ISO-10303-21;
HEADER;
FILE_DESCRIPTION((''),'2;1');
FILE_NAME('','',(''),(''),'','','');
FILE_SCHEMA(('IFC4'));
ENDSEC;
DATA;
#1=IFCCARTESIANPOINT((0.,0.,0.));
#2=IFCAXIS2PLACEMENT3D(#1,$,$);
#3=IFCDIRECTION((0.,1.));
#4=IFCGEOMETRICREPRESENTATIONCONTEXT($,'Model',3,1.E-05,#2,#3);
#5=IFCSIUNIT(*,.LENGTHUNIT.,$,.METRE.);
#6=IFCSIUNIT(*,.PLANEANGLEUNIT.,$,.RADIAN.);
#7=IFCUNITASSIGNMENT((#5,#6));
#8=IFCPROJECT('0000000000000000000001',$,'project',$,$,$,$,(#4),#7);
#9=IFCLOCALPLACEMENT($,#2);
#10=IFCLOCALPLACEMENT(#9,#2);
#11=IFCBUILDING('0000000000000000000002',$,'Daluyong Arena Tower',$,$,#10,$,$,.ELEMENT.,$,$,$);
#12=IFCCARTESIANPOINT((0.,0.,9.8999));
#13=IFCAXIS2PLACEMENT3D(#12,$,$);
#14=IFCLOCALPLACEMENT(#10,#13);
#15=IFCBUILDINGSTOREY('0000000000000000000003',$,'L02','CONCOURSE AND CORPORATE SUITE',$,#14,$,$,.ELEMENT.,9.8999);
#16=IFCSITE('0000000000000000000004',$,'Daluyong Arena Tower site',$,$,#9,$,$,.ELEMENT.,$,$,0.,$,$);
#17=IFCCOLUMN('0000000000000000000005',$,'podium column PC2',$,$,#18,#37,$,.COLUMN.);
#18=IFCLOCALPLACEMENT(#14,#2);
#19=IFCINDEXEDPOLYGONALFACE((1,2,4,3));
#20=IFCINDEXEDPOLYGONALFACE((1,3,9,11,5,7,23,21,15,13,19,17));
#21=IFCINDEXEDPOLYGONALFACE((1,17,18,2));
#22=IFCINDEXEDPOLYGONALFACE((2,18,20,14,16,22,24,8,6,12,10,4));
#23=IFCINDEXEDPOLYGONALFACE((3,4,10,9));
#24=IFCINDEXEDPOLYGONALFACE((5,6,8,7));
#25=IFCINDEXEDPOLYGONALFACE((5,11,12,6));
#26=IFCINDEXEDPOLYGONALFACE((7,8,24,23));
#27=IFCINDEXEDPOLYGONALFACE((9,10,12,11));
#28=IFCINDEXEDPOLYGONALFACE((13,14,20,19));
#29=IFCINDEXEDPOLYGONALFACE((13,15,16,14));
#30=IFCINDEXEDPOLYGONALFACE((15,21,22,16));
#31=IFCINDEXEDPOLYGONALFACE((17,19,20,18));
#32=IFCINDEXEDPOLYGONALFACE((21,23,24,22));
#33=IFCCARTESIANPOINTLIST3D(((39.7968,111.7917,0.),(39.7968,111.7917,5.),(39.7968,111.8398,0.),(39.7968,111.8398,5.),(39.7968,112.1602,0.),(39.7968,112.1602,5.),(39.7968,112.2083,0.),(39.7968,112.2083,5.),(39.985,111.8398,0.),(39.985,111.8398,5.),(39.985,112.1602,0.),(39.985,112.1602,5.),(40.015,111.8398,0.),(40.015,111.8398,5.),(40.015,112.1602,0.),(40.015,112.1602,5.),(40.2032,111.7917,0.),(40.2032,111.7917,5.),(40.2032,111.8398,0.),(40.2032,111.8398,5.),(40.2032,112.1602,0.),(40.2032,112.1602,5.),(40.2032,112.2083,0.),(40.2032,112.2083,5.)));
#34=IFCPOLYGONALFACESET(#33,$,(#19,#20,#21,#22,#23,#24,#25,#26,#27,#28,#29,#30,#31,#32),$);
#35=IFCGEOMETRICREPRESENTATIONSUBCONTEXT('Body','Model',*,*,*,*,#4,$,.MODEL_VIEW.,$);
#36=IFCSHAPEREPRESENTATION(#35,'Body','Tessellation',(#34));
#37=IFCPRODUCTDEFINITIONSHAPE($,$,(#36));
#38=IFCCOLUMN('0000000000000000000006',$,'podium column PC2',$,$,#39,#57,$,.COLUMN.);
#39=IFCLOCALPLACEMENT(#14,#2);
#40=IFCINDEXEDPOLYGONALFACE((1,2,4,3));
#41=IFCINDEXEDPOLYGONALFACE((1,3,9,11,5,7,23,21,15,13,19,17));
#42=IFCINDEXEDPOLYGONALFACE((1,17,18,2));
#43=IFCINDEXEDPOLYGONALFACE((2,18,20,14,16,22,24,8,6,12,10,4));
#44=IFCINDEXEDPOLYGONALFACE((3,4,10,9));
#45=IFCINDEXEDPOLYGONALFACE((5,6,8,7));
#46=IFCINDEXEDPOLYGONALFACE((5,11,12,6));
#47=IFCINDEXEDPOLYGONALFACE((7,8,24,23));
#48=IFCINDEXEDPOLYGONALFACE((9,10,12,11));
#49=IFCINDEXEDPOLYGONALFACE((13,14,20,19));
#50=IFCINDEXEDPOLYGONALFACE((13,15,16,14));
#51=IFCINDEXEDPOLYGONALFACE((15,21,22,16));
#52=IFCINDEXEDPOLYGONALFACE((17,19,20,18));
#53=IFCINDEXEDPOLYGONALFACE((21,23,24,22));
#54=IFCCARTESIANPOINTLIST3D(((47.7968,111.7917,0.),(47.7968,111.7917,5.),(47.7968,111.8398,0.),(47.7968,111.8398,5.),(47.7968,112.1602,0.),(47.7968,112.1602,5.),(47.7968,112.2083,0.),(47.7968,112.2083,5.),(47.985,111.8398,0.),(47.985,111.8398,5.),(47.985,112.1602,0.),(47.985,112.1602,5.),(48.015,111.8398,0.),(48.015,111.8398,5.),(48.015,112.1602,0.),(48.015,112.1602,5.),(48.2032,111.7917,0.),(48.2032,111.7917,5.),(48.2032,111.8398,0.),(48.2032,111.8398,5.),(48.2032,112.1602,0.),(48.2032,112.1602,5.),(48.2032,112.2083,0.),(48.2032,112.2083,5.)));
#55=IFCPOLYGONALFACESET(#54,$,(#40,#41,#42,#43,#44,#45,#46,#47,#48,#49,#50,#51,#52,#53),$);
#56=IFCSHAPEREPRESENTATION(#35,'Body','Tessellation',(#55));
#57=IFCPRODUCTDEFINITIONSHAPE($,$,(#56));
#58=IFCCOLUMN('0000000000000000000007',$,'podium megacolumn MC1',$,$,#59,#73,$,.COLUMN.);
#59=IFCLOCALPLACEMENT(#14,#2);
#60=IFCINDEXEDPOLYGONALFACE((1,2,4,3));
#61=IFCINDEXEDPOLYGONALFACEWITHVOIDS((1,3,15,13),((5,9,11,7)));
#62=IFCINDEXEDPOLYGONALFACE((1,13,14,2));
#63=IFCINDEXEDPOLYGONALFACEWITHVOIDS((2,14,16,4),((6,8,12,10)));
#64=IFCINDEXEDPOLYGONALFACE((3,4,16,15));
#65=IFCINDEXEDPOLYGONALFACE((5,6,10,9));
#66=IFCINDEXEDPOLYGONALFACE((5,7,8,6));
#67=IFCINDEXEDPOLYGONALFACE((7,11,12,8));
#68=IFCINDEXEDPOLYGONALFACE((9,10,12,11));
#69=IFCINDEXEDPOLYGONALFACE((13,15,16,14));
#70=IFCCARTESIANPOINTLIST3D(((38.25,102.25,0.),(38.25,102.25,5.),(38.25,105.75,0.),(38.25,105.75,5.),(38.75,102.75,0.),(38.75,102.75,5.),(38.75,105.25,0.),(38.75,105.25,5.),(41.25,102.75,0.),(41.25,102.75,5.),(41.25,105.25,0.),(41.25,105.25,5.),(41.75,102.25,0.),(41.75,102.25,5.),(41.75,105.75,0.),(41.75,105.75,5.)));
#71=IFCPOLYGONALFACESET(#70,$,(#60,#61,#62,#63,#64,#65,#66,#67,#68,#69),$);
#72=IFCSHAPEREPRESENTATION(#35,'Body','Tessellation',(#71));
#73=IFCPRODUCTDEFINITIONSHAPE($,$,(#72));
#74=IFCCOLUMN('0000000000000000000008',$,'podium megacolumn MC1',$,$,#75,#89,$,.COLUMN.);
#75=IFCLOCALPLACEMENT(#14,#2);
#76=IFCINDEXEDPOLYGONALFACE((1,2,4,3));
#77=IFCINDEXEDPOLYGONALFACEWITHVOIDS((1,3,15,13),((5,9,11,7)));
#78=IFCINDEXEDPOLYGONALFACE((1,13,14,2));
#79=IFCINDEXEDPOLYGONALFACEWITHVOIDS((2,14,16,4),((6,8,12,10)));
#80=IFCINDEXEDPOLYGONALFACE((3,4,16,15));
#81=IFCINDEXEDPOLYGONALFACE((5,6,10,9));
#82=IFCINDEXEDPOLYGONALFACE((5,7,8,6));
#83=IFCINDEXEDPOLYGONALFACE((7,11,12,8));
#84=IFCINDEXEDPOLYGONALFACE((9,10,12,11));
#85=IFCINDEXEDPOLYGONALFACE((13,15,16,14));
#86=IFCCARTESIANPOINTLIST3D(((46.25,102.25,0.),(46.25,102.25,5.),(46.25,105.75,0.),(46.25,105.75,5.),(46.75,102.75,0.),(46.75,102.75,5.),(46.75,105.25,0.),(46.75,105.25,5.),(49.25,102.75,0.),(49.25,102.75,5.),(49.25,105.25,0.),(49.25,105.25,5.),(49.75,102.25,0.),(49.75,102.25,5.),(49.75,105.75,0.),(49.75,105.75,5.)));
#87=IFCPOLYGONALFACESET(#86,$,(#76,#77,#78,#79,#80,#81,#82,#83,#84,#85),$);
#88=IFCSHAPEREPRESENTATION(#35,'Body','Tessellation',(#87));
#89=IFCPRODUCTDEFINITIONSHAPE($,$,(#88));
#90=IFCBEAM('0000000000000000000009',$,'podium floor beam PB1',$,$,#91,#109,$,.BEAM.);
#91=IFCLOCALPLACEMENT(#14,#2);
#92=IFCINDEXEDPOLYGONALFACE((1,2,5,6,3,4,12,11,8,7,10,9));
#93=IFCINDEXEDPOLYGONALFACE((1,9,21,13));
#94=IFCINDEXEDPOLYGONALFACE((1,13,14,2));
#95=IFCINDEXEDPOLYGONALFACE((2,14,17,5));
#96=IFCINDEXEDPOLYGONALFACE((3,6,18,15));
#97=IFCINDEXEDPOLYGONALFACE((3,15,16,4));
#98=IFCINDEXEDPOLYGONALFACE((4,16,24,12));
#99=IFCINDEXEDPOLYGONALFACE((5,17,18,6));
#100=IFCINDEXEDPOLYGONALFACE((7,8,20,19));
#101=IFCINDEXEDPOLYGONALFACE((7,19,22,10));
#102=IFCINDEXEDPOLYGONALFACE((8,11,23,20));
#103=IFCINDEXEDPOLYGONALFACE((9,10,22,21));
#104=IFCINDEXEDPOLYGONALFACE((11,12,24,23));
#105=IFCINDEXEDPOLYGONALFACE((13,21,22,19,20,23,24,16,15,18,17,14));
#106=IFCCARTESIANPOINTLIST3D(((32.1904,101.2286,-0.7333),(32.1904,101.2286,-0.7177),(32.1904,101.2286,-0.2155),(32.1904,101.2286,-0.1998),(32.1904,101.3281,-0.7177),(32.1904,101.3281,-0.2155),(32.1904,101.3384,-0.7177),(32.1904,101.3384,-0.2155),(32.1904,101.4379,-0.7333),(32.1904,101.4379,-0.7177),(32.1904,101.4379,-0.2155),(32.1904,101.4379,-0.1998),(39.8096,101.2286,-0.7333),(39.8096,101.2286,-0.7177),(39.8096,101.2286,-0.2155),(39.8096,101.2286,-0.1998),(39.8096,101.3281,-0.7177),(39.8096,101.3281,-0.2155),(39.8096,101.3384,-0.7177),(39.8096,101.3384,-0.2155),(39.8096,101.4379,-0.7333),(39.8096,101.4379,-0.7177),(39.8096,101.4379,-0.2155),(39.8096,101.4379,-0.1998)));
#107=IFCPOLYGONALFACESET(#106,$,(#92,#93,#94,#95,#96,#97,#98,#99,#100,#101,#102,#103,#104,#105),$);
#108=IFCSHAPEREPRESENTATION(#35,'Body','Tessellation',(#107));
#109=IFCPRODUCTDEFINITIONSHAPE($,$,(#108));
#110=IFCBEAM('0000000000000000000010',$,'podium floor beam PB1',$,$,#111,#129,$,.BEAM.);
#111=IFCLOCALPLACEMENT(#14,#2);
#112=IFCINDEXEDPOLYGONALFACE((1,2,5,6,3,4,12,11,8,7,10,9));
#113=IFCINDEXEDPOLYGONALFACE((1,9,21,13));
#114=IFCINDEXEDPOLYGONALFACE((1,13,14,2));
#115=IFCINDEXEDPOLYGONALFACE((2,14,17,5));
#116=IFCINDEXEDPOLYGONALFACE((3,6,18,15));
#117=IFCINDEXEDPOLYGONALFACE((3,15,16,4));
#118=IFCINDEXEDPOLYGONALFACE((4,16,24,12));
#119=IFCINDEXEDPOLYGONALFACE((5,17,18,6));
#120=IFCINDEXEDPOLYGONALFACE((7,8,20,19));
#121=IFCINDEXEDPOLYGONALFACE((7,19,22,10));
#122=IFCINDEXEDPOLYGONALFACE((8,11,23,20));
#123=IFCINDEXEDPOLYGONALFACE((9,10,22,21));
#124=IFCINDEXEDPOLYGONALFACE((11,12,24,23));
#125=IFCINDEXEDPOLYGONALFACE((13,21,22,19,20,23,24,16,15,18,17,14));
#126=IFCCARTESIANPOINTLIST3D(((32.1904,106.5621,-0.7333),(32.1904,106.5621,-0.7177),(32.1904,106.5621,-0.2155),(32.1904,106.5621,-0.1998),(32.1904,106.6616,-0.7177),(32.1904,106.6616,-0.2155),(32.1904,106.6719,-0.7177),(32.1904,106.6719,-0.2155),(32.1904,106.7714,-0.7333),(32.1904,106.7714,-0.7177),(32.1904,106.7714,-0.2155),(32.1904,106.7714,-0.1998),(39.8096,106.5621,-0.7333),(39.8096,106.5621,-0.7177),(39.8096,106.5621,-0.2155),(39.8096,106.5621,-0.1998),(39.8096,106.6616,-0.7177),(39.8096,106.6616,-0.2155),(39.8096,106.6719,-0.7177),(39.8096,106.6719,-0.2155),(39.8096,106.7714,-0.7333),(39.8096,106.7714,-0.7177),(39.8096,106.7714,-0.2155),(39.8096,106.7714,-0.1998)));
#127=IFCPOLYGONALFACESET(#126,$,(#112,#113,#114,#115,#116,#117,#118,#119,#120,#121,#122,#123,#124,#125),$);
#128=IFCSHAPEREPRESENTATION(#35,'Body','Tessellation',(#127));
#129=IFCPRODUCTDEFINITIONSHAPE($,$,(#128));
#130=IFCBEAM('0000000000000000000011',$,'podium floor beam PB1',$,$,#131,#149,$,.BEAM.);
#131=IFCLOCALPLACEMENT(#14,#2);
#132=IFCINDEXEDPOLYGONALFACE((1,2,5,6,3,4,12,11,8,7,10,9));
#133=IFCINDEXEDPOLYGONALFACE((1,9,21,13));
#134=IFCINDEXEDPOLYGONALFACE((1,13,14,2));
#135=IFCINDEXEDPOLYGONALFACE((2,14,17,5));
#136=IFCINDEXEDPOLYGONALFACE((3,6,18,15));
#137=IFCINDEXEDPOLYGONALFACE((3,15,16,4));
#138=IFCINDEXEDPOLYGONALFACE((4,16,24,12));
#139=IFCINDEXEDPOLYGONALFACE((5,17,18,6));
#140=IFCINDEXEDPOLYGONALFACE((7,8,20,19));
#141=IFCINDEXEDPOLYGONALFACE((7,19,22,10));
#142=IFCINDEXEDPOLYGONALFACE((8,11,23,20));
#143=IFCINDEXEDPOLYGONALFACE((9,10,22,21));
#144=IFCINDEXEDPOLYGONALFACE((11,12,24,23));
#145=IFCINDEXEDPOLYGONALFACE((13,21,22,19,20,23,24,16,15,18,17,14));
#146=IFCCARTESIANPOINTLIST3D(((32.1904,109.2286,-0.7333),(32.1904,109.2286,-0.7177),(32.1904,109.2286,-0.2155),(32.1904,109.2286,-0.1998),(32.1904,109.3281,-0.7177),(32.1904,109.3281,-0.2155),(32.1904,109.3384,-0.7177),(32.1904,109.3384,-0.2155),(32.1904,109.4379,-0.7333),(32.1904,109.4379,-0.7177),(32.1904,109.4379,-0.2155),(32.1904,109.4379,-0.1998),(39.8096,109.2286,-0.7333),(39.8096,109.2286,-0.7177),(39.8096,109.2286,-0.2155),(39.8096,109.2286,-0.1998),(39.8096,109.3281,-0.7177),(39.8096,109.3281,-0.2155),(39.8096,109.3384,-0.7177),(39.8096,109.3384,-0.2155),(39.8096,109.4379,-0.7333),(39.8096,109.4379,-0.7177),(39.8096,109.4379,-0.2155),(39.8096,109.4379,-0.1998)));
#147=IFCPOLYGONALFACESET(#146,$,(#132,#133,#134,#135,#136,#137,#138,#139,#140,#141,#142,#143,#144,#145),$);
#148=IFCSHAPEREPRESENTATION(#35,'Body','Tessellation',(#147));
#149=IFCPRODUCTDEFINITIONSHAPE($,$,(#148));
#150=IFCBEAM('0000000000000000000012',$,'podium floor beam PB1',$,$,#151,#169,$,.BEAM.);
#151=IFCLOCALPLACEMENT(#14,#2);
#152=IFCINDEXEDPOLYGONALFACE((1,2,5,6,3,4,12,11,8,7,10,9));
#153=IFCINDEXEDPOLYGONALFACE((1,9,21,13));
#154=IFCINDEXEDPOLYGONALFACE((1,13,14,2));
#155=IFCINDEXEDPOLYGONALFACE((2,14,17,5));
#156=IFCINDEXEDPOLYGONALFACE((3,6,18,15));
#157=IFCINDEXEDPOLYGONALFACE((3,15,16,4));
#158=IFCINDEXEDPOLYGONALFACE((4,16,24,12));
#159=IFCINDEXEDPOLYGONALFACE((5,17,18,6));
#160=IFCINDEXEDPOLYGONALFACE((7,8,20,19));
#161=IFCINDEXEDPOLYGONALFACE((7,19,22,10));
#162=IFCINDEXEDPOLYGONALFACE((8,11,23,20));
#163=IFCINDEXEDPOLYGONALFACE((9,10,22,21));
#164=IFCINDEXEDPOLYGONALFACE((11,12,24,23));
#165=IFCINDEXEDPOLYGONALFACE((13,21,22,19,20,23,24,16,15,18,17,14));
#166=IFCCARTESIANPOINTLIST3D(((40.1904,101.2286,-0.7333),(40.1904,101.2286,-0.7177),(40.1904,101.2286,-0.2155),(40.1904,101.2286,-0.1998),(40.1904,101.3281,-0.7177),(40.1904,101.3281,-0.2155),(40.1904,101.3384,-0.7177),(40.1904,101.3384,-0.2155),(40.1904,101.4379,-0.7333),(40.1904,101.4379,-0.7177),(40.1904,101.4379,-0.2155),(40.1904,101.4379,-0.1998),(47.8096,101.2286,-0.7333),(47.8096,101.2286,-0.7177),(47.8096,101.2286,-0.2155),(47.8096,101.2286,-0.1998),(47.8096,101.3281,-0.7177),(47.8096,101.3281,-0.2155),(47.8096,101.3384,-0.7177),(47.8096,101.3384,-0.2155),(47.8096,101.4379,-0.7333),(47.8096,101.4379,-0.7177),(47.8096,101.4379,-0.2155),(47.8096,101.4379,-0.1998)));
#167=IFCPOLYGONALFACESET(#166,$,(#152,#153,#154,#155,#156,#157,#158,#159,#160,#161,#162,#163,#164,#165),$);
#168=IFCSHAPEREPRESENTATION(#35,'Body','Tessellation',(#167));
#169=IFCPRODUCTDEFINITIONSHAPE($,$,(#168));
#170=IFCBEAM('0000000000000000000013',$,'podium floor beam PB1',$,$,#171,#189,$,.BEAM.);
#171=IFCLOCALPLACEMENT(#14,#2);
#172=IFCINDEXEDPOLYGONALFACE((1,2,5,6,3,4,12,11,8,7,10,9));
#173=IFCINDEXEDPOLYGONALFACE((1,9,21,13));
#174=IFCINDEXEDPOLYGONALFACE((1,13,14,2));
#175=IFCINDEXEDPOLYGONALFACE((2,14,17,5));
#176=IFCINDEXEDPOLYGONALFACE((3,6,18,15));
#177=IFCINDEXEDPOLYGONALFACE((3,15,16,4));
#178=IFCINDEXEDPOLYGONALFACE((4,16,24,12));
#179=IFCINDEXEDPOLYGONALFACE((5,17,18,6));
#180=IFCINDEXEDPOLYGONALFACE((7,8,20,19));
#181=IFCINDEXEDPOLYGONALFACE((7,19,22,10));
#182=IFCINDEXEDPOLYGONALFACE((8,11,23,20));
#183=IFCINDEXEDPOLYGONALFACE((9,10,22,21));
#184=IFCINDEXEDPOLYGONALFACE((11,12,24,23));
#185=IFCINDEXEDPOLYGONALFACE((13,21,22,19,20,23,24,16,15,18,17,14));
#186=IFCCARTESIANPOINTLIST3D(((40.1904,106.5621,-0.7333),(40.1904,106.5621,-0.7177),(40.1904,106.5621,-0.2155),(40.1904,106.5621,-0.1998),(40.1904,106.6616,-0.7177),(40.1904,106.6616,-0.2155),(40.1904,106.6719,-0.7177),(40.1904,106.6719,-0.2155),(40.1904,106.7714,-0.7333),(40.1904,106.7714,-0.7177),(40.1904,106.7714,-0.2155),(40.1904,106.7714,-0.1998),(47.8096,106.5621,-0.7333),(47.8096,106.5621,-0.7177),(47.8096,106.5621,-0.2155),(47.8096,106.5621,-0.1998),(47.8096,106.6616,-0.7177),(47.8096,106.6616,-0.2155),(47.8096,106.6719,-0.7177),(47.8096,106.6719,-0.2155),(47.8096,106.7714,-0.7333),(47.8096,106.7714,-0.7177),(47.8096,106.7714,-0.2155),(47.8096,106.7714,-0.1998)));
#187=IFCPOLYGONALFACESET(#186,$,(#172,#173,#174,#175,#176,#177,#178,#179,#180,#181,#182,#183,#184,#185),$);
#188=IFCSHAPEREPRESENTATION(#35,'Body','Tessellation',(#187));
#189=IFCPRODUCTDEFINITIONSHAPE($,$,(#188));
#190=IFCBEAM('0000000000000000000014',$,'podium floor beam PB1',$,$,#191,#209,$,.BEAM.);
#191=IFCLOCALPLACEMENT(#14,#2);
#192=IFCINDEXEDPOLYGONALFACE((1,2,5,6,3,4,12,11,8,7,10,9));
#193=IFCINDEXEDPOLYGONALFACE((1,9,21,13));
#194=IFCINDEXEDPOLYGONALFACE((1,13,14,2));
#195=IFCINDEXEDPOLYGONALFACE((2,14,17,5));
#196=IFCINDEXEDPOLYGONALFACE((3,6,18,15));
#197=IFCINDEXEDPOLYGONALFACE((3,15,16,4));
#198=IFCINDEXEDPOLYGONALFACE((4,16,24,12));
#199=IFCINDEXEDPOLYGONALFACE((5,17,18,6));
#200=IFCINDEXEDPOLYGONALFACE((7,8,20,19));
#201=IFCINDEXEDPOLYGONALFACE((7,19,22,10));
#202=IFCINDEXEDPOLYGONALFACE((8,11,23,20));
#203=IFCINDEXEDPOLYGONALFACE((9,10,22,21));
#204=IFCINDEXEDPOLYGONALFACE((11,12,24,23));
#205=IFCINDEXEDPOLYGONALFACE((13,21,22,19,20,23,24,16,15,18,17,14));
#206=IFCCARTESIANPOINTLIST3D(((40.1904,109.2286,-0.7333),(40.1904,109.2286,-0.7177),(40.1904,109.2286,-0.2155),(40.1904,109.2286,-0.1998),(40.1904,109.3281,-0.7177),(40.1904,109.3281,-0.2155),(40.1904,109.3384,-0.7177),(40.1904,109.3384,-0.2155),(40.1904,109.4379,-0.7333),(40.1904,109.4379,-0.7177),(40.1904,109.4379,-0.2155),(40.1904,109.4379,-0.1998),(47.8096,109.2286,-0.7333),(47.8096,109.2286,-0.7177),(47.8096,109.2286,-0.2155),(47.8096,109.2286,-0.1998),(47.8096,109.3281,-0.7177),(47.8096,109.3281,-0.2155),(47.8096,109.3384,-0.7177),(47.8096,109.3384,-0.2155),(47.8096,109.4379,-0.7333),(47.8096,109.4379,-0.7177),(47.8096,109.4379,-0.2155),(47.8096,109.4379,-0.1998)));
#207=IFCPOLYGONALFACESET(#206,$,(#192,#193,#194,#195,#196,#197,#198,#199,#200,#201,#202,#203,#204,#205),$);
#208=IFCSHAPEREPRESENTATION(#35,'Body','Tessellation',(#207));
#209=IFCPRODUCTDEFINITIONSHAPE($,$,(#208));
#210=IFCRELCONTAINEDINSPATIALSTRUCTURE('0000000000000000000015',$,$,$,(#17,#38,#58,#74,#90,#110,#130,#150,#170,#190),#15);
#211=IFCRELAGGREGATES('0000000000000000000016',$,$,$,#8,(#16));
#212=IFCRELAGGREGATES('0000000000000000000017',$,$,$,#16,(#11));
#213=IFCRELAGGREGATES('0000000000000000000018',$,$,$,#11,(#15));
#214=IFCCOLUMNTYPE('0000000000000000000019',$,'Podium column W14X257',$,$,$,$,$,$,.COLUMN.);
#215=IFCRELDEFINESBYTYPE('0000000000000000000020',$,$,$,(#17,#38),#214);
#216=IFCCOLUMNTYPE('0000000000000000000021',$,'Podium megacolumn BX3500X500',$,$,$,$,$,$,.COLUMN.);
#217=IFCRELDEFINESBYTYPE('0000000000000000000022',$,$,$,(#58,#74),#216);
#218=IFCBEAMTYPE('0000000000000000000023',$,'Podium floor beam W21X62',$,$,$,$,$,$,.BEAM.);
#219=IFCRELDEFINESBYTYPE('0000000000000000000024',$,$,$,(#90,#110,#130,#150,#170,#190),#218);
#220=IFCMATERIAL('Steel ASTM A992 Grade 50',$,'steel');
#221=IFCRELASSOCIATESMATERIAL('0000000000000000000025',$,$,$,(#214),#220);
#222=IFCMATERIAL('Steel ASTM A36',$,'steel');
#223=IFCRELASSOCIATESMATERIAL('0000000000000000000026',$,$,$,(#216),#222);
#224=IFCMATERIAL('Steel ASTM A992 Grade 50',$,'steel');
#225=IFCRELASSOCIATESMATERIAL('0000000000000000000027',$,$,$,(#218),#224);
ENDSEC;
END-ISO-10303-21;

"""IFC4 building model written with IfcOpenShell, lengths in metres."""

from ifc_helpers import new_model, si_unit, direction, frame, origin, origin_2d, place, context, subcontext, project, spatial, hollow_rectangle, i_section, extrude, material, material_profile, profile_set, type_object, element, save


model = new_model("IFC4")

# Units and contexts
model_context = context("Model", 3, precision=1e-05, world=origin(), true_north=direction((0.0, 1.0)))
body_context = subcontext(model_context, "Body", "Model", "MODEL_VIEW")
ifc_project = project(units=[si_unit("LENGTHUNIT", "METRE"), si_unit("PLANEANGLEUNIT", "RADIAN")], contexts=[model_context])

# Site, building, storey
site_placement = place(None, origin())
site = spatial("IfcSite", under=ifc_project, at=site_placement, Name="Daluyong Arena Tower site", CompositionType="ELEMENT", RefElevation=0.0)
building_placement = place(site_placement, origin())
building = spatial("IfcBuilding", under=site, at=building_placement, Name="Daluyong Arena Tower", CompositionType="ELEMENT")
storey_placement = place(building_placement, frame((0.0, 0.0, 9.8999)))
storey = spatial("IfcBuildingStorey", under=building, at=storey_placement, Name="L02", Description="CONCOURSE AND CORPORATE SUITE", CompositionType="ELEMENT", Elevation=9.8999)

# Columns
ifc_material_1 = material(Name="Steel ASTM A992 Grade 50", Category="steel")
ifc_material_profile_1 = material_profile(ifc_material_1, i_section(OverallWidth=0.4065, OverallDepth=0.4165, WebThickness=0.03, FlangeThickness=0.0481, at=origin_2d()))
ifc_profile_set_1 = profile_set([ifc_material_profile_1], Name="Steel ASTM A992 Grade 50")
column_type_1 = type_object("IfcColumnType", Name="Podium column W14X257", PredefinedType="COLUMN", material=ifc_profile_set_1)
for number, where, z_axis, x_axis, name in (
    (1, (40.0, 112.0, 0.0), (0.0, 0.0, 1.0), (1.0, 0.0, 0.0), "podium column PC2"),
    (2, (48.0, 112.0, 0.0), (0.0, 0.0, 1.0), (1.0, 0.0, 0.0), "podium column PC2"),
):
    element("IfcColumn", number, at=place(storey_placement, frame(where, z_axis=z_axis, x_axis=x_axis)), inside=storey, type_object=column_type_1, Name=name, PredefinedType="COLUMN", context=body_context, shape_type="SweptSolid", body=[
        extrude(i_section(OverallWidth=0.4065, OverallDepth=0.4165, WebThickness=0.03, FlangeThickness=0.0481, at=origin_2d()), origin(), (0.0, 0.0, 1.0), 5.0),
    ])
ifc_material_2 = material(Name="Steel ASTM A36", Category="steel")
ifc_material_profile_2 = material_profile(ifc_material_2, hollow_rectangle(XDim=3.5, YDim=3.5, WallThickness=0.5, at=origin_2d()))
ifc_profile_set_2 = profile_set([ifc_material_profile_2], Name="Steel ASTM A36")
column_type_2 = type_object("IfcColumnType", Name="Podium megacolumn BX3500X500", PredefinedType="COLUMN", material=ifc_profile_set_2)
for number, where, z_axis, x_axis, name in (
    (3, (40.0, 104.0, 0.0), (0.0, 0.0, 1.0), (1.0, 0.0, 0.0), "podium megacolumn MC1"),
    (4, (48.0, 104.0, 0.0), (0.0, 0.0, 1.0), (1.0, 0.0, 0.0), "podium megacolumn MC1"),
):
    element("IfcColumn", number, at=place(storey_placement, frame(where, z_axis=z_axis, x_axis=x_axis)), inside=storey, type_object=column_type_2, Name=name, PredefinedType="COLUMN", context=body_context, shape_type="SweptSolid", body=[
        extrude(hollow_rectangle(XDim=3.5, YDim=3.5, WallThickness=0.5, at=origin_2d()), origin(), (0.0, 0.0, 1.0), 5.0),
    ])

# Beams
ifc_material_3 = material(Name="Steel ASTM A992 Grade 50", Category="steel")
ifc_material_profile_3 = material_profile(ifc_material_3, i_section(OverallWidth=0.2092, OverallDepth=0.5334, WebThickness=0.0103, FlangeThickness=0.0156, at=origin_2d()))
ifc_profile_set_3 = profile_set([ifc_material_profile_3], Name="Steel ASTM A992 Grade 50")
beam_type_1 = type_object("IfcBeamType", Name="Podium floor beam W21X62", PredefinedType="BEAM", material=ifc_profile_set_3)
for number, where, z_axis, x_axis, name in (
    (5, (32.1904, 101.3333, -0.4666), (1.0, 0.0, 0.0), (0.0, 1.0, 0.0), "podium floor beam PB1"),
    (6, (32.1904, 106.6667, -0.4666), (1.0, 0.0, 0.0), (0.0, 1.0, 0.0), "podium floor beam PB1"),
    (7, (32.1904, 109.3333, -0.4666), (1.0, 0.0, 0.0), (0.0, 1.0, 0.0), "podium floor beam PB1"),
    (8, (40.1904, 101.3333, -0.4666), (1.0, 0.0, 0.0), (0.0, 1.0, 0.0), "podium floor beam PB1"),
    (9, (40.1904, 106.6667, -0.4666), (1.0, 0.0, 0.0), (0.0, 1.0, 0.0), "podium floor beam PB1"),
    (10, (40.1904, 109.3333, -0.4666), (1.0, 0.0, 0.0), (0.0, 1.0, 0.0), "podium floor beam PB1"),
):
    element("IfcBeam", number, at=place(storey_placement, frame(where, z_axis=z_axis, x_axis=x_axis)), inside=storey, type_object=beam_type_1, Name=name, PredefinedType="BEAM", context=body_context, shape_type="SweptSolid", body=[
        extrude(i_section(OverallWidth=0.2092, OverallDepth=0.5334, WebThickness=0.0103, FlangeThickness=0.0156, at=origin_2d()), origin(), (0.0, 0.0, 1.0), 7.6191),
    ])

save(model, "model.ifc")
